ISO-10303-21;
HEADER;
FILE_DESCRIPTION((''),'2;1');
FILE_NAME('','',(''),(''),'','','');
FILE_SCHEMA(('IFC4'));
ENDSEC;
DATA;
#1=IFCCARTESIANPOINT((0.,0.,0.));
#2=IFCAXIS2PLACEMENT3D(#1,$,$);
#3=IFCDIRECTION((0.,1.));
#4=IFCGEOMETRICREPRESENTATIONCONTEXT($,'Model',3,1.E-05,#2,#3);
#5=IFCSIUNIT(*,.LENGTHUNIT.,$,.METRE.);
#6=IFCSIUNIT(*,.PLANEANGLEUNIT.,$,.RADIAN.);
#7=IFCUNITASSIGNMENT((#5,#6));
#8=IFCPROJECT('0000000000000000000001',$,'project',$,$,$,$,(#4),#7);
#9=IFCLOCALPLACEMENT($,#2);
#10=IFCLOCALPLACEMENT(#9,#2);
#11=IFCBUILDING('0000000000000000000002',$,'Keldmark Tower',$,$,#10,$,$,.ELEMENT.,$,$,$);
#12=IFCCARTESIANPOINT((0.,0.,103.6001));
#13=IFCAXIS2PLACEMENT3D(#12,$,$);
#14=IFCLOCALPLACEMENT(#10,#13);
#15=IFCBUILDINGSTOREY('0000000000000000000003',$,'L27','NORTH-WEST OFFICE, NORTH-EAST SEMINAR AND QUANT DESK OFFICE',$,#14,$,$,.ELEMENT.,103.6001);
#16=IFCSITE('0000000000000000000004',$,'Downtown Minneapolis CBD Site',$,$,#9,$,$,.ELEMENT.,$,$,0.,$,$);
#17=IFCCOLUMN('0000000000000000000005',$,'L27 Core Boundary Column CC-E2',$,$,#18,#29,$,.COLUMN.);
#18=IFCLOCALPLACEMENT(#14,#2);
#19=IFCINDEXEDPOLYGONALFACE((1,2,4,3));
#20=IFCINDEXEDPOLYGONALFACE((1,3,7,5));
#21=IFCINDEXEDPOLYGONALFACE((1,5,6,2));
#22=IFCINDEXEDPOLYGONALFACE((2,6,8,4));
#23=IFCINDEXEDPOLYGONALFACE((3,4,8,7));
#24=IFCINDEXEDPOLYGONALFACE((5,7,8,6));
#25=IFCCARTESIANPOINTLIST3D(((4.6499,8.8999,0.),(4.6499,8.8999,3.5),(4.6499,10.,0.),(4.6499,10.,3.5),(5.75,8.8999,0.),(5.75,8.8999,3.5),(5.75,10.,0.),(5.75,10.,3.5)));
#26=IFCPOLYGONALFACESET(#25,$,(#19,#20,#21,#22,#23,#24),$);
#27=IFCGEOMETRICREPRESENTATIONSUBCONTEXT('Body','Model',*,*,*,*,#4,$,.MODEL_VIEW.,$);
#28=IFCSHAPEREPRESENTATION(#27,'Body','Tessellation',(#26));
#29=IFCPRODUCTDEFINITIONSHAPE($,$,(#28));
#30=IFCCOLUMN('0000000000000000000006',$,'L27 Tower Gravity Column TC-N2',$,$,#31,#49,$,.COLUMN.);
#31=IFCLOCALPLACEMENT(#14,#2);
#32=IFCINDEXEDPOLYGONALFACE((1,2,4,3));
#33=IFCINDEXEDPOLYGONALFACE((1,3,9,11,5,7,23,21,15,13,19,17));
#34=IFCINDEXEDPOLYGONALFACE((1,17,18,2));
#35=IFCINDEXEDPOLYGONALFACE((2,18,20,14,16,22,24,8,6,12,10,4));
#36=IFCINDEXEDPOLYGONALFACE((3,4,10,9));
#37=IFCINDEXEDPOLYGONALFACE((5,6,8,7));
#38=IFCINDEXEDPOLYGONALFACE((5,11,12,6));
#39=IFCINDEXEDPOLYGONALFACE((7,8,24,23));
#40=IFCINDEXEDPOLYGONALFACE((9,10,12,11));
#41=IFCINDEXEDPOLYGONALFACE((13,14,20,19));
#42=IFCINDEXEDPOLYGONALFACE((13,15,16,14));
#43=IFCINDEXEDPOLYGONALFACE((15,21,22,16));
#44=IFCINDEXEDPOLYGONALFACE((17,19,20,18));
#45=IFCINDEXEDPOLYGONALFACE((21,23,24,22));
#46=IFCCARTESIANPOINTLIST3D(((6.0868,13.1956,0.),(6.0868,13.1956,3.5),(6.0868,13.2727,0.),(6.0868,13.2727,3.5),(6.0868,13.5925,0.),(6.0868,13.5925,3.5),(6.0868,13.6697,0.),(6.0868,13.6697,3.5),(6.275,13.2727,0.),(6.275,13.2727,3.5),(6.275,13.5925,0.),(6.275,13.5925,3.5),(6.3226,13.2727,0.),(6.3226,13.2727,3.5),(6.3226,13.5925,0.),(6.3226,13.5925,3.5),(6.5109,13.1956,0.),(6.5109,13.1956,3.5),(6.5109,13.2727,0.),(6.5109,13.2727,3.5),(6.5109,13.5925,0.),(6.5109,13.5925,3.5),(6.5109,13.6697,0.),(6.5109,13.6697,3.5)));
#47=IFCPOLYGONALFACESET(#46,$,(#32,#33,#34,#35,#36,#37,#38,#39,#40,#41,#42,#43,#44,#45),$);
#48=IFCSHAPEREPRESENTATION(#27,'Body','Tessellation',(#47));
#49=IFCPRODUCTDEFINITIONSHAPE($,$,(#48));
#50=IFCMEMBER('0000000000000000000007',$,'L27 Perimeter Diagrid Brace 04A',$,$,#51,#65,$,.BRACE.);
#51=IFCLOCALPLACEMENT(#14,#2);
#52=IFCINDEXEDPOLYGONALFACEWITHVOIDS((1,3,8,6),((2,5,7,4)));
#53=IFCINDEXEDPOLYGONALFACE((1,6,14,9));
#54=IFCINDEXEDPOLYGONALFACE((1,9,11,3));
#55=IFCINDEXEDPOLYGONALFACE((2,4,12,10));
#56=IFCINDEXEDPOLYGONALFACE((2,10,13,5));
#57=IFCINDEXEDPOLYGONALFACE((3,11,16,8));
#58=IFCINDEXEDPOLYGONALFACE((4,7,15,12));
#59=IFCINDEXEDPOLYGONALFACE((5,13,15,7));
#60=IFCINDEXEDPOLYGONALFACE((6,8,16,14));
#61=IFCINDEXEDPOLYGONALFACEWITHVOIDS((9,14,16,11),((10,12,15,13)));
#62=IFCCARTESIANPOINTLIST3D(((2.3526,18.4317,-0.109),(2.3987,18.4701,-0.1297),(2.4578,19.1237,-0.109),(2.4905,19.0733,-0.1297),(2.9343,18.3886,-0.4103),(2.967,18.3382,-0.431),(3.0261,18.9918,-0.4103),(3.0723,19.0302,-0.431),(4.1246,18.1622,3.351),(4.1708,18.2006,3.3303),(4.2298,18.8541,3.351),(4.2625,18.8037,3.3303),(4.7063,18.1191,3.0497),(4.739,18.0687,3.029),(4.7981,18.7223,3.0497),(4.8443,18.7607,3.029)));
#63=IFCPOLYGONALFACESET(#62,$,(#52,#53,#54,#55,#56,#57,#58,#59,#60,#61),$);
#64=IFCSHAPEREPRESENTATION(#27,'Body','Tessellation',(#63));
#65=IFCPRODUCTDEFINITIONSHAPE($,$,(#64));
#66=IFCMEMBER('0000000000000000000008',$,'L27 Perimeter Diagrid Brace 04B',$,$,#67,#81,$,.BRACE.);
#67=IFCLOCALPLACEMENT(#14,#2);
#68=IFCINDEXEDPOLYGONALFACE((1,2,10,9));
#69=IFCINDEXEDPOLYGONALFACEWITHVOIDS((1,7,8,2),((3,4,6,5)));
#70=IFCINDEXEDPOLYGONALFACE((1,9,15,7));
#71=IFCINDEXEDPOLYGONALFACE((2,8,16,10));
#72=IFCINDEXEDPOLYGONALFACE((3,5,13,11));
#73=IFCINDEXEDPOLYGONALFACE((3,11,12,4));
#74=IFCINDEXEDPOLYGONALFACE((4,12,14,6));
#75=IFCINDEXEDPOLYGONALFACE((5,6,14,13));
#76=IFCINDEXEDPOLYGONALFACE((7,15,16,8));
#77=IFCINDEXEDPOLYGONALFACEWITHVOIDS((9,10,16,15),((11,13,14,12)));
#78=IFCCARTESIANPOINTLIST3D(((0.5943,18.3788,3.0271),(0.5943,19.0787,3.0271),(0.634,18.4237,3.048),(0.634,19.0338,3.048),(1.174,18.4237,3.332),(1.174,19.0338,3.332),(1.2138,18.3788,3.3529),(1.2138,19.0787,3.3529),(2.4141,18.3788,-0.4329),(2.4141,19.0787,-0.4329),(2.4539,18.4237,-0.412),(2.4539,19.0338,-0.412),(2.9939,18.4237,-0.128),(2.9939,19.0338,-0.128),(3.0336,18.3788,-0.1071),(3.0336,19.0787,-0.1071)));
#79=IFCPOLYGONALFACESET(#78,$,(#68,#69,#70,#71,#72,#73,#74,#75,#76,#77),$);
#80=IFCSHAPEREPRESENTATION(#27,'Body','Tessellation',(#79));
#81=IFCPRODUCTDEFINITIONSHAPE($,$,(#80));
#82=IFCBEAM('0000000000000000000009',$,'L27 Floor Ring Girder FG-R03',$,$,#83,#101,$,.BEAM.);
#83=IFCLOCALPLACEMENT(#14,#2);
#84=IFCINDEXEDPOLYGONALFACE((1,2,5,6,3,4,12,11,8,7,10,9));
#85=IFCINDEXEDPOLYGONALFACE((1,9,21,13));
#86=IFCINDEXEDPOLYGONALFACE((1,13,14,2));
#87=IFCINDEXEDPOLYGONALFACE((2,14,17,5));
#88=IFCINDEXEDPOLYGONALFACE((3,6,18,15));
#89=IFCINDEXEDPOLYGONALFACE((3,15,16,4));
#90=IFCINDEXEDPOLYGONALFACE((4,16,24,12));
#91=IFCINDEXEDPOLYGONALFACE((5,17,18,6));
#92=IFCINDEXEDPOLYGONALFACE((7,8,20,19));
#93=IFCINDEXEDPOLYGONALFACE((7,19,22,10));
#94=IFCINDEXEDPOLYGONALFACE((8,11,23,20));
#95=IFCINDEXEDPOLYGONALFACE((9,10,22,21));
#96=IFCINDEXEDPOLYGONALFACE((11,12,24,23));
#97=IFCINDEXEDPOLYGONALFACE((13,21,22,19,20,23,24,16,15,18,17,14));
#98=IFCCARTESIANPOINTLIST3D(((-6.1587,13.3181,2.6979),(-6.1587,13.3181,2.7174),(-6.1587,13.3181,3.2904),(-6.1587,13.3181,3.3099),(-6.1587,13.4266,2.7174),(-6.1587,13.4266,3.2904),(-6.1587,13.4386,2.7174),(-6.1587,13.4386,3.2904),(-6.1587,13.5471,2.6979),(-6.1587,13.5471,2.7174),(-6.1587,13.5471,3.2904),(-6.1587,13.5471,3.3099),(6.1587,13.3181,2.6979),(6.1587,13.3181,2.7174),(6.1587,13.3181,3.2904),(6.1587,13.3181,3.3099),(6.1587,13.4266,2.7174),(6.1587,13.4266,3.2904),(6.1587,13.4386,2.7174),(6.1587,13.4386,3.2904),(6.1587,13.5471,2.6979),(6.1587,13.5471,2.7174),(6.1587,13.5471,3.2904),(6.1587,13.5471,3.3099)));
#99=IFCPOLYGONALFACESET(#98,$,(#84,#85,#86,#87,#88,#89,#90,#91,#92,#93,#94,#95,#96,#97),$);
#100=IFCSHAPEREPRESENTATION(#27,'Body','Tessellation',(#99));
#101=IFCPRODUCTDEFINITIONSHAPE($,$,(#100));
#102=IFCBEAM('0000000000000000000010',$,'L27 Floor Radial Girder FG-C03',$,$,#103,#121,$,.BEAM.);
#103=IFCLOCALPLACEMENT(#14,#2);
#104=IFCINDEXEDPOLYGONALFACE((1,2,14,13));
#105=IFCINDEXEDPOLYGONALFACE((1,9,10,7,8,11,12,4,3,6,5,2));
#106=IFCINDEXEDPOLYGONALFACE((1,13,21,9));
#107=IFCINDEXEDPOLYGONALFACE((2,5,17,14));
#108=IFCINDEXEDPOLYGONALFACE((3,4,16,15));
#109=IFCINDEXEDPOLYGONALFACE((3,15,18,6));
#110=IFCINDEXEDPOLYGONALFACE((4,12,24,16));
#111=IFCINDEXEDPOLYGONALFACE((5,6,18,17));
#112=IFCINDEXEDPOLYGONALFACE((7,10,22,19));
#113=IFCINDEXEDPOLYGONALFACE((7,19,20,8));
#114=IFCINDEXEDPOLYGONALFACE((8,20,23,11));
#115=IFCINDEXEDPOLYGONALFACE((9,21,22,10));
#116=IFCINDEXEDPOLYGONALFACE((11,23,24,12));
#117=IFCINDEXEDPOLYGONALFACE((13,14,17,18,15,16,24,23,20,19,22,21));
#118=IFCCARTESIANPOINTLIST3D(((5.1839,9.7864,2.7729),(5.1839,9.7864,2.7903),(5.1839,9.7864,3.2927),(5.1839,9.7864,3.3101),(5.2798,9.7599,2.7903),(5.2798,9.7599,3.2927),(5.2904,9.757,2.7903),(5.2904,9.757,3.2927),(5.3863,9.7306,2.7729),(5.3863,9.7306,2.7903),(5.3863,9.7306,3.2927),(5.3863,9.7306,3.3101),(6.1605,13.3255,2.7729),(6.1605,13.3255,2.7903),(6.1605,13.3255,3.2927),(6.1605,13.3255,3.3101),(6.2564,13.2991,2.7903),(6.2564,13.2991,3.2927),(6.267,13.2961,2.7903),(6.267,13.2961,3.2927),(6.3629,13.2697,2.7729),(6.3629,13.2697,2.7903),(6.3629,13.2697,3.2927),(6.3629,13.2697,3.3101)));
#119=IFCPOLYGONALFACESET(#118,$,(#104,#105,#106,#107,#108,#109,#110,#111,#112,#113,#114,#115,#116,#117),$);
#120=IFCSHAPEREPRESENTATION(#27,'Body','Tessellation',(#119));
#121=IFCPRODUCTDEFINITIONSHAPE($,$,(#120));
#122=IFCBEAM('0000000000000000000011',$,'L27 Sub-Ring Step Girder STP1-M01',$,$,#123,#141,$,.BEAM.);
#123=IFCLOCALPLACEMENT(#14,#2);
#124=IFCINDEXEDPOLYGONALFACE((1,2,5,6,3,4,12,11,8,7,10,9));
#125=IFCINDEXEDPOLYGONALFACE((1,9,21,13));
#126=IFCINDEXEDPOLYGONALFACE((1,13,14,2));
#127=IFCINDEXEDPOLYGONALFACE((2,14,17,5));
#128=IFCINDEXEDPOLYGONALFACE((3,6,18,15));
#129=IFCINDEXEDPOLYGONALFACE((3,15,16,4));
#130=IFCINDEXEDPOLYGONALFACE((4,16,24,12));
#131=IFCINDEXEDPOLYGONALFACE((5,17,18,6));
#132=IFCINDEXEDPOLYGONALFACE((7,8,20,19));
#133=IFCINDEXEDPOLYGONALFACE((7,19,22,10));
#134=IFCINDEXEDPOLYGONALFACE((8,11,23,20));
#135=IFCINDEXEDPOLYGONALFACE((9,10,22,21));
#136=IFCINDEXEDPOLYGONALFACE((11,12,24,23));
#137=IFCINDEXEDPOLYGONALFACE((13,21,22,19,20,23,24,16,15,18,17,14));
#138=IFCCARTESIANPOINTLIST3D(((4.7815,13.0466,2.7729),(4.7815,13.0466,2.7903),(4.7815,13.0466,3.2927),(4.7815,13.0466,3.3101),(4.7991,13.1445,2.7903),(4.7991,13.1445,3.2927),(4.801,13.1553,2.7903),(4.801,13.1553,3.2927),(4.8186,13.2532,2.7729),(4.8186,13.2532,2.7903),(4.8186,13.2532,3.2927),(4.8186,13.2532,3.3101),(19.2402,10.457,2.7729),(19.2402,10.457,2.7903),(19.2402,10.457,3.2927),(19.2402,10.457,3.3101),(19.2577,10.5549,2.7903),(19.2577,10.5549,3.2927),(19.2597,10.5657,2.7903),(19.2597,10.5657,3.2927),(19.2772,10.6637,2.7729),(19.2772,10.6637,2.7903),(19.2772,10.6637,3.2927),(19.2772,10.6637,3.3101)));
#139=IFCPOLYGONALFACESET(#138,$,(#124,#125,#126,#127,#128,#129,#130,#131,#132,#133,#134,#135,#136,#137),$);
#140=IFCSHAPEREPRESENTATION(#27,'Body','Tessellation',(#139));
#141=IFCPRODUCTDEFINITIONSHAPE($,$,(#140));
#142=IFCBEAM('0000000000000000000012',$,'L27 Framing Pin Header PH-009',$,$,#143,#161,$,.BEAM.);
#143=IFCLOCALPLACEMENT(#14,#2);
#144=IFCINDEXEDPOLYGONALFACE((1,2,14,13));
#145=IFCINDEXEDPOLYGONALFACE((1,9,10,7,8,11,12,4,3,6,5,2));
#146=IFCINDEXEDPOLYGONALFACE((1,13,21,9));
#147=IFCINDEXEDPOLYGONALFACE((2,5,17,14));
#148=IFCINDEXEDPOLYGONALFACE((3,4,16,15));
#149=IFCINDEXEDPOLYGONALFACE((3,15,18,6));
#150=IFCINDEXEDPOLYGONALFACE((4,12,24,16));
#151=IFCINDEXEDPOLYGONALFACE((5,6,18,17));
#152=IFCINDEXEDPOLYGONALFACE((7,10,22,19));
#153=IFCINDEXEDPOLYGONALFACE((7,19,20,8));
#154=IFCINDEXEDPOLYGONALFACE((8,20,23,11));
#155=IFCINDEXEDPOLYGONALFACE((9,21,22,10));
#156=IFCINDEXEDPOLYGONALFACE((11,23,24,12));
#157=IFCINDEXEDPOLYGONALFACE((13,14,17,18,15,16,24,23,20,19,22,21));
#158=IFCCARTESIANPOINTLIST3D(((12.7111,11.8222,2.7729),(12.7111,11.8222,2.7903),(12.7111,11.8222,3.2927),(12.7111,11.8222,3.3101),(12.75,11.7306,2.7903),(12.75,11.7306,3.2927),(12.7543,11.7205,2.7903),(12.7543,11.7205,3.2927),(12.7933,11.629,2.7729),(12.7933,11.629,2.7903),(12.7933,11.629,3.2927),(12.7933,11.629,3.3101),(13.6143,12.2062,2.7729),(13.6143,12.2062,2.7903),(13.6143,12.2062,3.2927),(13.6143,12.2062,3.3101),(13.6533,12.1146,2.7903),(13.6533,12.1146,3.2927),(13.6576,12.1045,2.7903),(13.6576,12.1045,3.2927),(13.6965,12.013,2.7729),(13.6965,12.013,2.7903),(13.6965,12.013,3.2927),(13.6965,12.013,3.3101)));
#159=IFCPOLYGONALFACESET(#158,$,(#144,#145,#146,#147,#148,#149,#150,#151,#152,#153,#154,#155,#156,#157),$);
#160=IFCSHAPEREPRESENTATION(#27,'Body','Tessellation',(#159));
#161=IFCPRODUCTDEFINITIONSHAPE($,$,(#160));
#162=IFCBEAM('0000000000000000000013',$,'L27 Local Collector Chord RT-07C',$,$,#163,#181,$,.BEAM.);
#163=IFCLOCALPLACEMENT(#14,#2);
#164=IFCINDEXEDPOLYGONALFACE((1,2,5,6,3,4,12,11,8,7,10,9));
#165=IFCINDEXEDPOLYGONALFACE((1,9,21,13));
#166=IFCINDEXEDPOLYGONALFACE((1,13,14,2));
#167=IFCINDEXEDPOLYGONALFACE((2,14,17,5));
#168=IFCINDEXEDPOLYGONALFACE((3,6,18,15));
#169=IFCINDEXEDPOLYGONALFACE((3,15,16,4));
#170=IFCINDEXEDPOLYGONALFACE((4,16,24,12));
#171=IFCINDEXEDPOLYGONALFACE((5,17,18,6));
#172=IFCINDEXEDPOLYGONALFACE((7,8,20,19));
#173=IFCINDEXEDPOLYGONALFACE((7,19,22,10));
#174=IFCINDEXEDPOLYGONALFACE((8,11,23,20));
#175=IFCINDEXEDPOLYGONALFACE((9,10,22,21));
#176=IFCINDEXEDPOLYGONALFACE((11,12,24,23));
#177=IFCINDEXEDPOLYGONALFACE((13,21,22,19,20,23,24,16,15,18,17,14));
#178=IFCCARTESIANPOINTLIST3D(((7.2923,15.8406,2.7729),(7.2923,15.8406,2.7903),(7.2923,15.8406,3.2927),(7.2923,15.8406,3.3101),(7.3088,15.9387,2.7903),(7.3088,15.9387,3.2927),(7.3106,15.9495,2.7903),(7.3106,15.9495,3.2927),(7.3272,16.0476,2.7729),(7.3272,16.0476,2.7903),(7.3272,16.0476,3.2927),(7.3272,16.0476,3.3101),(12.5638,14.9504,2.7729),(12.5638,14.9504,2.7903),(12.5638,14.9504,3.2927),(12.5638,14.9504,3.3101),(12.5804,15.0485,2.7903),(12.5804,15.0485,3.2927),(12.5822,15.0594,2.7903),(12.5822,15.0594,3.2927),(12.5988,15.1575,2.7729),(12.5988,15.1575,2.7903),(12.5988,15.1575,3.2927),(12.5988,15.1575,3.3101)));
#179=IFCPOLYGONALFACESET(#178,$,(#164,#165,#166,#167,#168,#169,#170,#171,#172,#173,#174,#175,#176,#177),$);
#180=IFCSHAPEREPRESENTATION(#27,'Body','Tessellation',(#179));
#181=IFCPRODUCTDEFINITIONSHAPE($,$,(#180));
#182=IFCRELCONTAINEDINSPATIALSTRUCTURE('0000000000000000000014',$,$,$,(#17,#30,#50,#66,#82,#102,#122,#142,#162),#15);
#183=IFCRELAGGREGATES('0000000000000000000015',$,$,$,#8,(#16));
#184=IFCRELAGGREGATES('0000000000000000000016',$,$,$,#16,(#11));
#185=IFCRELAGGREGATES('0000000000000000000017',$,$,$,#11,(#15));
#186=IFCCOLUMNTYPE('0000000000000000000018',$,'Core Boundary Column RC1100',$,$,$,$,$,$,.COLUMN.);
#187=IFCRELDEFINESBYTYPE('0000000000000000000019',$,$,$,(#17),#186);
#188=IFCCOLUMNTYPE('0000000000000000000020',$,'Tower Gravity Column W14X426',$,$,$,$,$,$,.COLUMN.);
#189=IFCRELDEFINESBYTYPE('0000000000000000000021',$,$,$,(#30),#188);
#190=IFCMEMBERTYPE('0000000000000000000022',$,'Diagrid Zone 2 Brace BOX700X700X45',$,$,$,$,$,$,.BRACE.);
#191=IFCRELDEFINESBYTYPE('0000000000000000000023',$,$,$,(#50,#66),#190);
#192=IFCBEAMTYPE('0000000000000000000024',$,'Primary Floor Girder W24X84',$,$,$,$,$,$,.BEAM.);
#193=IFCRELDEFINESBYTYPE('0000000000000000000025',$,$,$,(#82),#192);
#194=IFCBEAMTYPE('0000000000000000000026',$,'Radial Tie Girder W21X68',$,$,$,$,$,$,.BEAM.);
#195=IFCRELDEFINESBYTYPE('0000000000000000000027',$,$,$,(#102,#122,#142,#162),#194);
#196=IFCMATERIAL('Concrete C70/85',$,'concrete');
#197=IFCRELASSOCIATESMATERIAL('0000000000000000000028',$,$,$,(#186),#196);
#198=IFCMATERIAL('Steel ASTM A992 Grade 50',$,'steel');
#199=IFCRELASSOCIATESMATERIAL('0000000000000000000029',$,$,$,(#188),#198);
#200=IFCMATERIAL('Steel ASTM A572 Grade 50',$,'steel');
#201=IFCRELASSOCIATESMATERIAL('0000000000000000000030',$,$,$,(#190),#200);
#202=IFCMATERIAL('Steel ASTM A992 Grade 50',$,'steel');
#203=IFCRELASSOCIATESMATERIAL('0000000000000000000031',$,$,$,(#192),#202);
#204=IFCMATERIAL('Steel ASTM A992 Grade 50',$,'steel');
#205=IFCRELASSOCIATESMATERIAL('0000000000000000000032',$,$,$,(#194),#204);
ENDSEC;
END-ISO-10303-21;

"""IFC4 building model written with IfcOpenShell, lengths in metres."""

from ifc_helpers import new_model, si_unit, direction, frame, origin, origin_2d, place, context, subcontext, project, spatial, rectangle, hollow_rectangle, i_section, extrude, material, material_profile, profile_set, type_object, element, save


model = new_model("IFC4")

# Units and contexts
model_context = context("Model", 3, precision=1e-05, world=origin(), true_north=direction((0.0, 1.0)))
body_context = subcontext(model_context, "Body", "Model", "MODEL_VIEW")
ifc_project = project(units=[si_unit("LENGTHUNIT", "METRE"), si_unit("PLANEANGLEUNIT", "RADIAN")], contexts=[model_context])

# Site, building, storey
site_placement = place(None, origin())
site = spatial("IfcSite", under=ifc_project, at=site_placement, Name="Downtown Minneapolis CBD Site", CompositionType="ELEMENT", RefElevation=0.0)
building_placement = place(site_placement, origin())
building = spatial("IfcBuilding", under=site, at=building_placement, Name="Keldmark Tower", CompositionType="ELEMENT")
storey_placement = place(building_placement, frame((0.0, 0.0, 103.6001)))
storey = spatial("IfcBuildingStorey", under=building, at=storey_placement, Name="L27", Description="NORTH-WEST OFFICE, NORTH-EAST SEMINAR AND QUANT DESK OFFICE", CompositionType="ELEMENT", Elevation=103.6001)

# Columns
ifc_material_1 = material(Name="Concrete C70/85", Category="concrete")
ifc_material_profile_1 = material_profile(ifc_material_1, rectangle(XDim=1.1001, YDim=1.1001, at=origin_2d()), Name="RC1100X1100")
ifc_profile_set_1 = profile_set([ifc_material_profile_1], Name="Concrete C70/85")
column_type_1 = type_object("IfcColumnType", Name="Core Boundary Column RC1100", PredefinedType="COLUMN", material=ifc_profile_set_1)
column_1_placement = place(storey_placement, frame((5.2, 9.45, 0.0), z_axis=(0.0, 0.0, 1.0), x_axis=(1.0, 0.0, 0.0)))
element("IfcColumn", 1, at=column_1_placement, inside=storey, type_object=column_type_1, Name="L27 Core Boundary Column CC-E2", PredefinedType="COLUMN", context=body_context, shape_type="SweptSolid", body=[
    extrude(rectangle(XDim=1.1001, YDim=1.1001, at=origin_2d()), origin(), (0.0, 0.0, 1.0), 3.5),
])
ifc_material_2 = material(Name="Steel ASTM A992 Grade 50", Category="steel")
ifc_material_profile_2 = material_profile(ifc_material_2, i_section(OverallWidth=0.4241, OverallDepth=0.4741, WebThickness=0.0476, FlangeThickness=0.0771, at=origin_2d()), Name="W14X426")
ifc_profile_set_2 = profile_set([ifc_material_profile_2], Name="Steel ASTM A992 Grade 50")
column_type_2 = type_object("IfcColumnType", Name="Tower Gravity Column W14X426", PredefinedType="COLUMN", material=ifc_profile_set_2)
column_2_placement = place(storey_placement, frame((6.2988, 13.4326, 0.0), z_axis=(0.0, 0.0, 1.0), x_axis=(1.0, 0.0, 0.0)))
element("IfcColumn", 2, at=column_2_placement, inside=storey, type_object=column_type_2, Name="L27 Tower Gravity Column TC-N2", PredefinedType="COLUMN", context=body_context, shape_type="SweptSolid", body=[
    extrude(i_section(OverallWidth=0.4241, OverallDepth=0.4741, WebThickness=0.0476, FlangeThickness=0.0771, at=origin_2d()), origin(), (0.0, 0.0, 1.0), 3.5),
])

# Members
ifc_material_3 = material(Name="Steel ASTM A572 Grade 50", Category="steel")
ifc_material_profile_3 = material_profile(ifc_material_3, hollow_rectangle(XDim=0.7, YDim=0.7, WallThickness=0.0449, at=origin_2d()), Name="BOX700X700X45")
ifc_profile_set_3 = profile_set([ifc_material_profile_3], Name="Steel ASTM A572 Grade 50")
member_type = type_object("IfcMemberType", Name="Diagrid Zone 2 Brace BOX700X700X45", PredefinedType="BRACE", material=ifc_profile_set_3)
member_1_placement = place(storey_placement, frame((2.7124, 18.731, -0.27), z_axis=(0.454743, -0.06917, 0.887933), x_axis=(0.150378, 0.988629, 0.0)))
element("IfcMember", 3, at=member_1_placement, inside=storey, type_object=member_type, Name="L27 Perimeter Diagrid Brace 04A", PredefinedType="BRACE", context=body_context, shape_type="SweptSolid", body=[
    extrude(hollow_rectangle(XDim=0.7, YDim=0.7, WallThickness=0.0449, at=origin_2d()), origin(), (0.0, 0.0, 1.0), 3.8967),
])
member_2_placement = place(storey_placement, frame((2.7239, 18.7288, -0.27), z_axis=(-0.465504, 0.0, 0.885046), x_axis=(0.0, -1.0, 0.0)))
element("IfcMember", 4, at=member_2_placement, inside=storey, type_object=member_type, Name="L27 Perimeter Diagrid Brace 04B", PredefinedType="BRACE", context=body_context, shape_type="SweptSolid", body=[
    extrude(hollow_rectangle(XDim=0.7, YDim=0.7, WallThickness=0.0449, at=origin_2d()), origin(), (0.0, 0.0, 1.0), 3.9094),
])

# Beams
ifc_material_4 = material(Name="Steel ASTM A992 Grade 50", Category="steel")
ifc_material_profile_4 = material_profile(ifc_material_4, i_section(OverallWidth=0.229, OverallDepth=0.6121, WebThickness=0.012, FlangeThickness=0.0195, at=origin_2d()), Name="W24X84")
ifc_profile_set_4 = profile_set([ifc_material_profile_4], Name="Steel ASTM A992 Grade 50")
beam_type_1 = type_object("IfcBeamType", Name="Primary Floor Girder W24X84", PredefinedType="BEAM", material=ifc_profile_set_4)
beam_1_placement = place(storey_placement, frame((6.1587, 13.4326, 3.0039), z_axis=(-1.0, 0.0, 0.0), x_axis=(0.0, -1.0, 0.0)))
element("IfcBeam", 5, at=beam_1_placement, inside=storey, type_object=beam_type_1, Name="L27 Floor Ring Girder FG-R03", PredefinedType="BEAM", context=body_context, shape_type="SweptSolid", body=[
    extrude(i_section(OverallWidth=0.229, OverallDepth=0.6121, WebThickness=0.012, FlangeThickness=0.0195, at=origin_2d()), origin(), (0.0, 0.0, 1.0), 12.3174),
])
ifc_material_5 = material(Name="Steel ASTM A992 Grade 50", Category="steel")
ifc_material_profile_5 = material_profile(ifc_material_5, i_section(OverallWidth=0.21, OverallDepth=0.5371, WebThickness=0.011, FlangeThickness=0.0173, at=origin_2d()), Name="W21X68")
ifc_profile_set_5 = profile_set([ifc_material_profile_5], Name="Steel ASTM A992 Grade 50")
beam_type_2 = type_object("IfcBeamType", Name="Radial Tie Girder W21X68", PredefinedType="BEAM", material=ifc_profile_set_5)
beam_2_placement = place(storey_placement, frame((6.2617, 13.2976, 3.0415), z_axis=(-0.265997, -0.963974, 0.0), x_axis=(0.963974, -0.265997, 0.0)))
element("IfcBeam", 6, at=beam_2_placement, inside=storey, type_object=beam_type_2, Name="L27 Floor Radial Girder FG-C03", PredefinedType="BEAM", context=body_context, shape_type="SweptSolid", body=[
    extrude(i_section(OverallWidth=0.21, OverallDepth=0.5371, WebThickness=0.011, FlangeThickness=0.0173, at=origin_2d()), origin(), (0.0, 0.0, 1.0), 3.6714),
])
beam_3_placement = place(storey_placement, frame((4.8, 13.1499, 3.0415), z_axis=(0.984337, -0.176297, 0.0), x_axis=(0.176297, 0.984337, 0.0)))
element("IfcBeam", 7, at=beam_3_placement, inside=storey, type_object=beam_type_2, Name="L27 Sub-Ring Step Girder STP1-M01", PredefinedType="BEAM", context=body_context, shape_type="SweptSolid", body=[
    extrude(i_section(OverallWidth=0.21, OverallDepth=0.5371, WebThickness=0.011, FlangeThickness=0.0173, at=origin_2d()), origin(), (0.0, 0.0, 1.0), 14.6887),
])
beam_4_placement = place(storey_placement, frame((12.7522, 11.7256, 3.0415), z_axis=(0.920286, 0.391246, 0.0), x_axis=(-0.391246, 0.920286, 0.0)))
element("IfcBeam", 8, at=beam_4_placement, inside=storey, type_object=beam_type_2, Name="L27 Framing Pin Header PH-009", PredefinedType="BEAM", context=body_context, shape_type="SweptSolid", body=[
    extrude(i_section(OverallWidth=0.21, OverallDepth=0.5371, WebThickness=0.011, FlangeThickness=0.0173, at=origin_2d()), origin(), (0.0, 0.0, 1.0), 0.9814),
])
beam_5_placement = place(storey_placement, frame((12.5813, 15.054, 3.0415), z_axis=(-0.986041, 0.166502, 0.0), x_axis=(-0.166502, -0.986041, 0.0)))
element("IfcBeam", 9, at=beam_5_placement, inside=storey, type_object=beam_type_2, Name="L27 Local Collector Chord RT-07C", PredefinedType="BEAM", context=body_context, shape_type="SweptSolid", body=[
    extrude(i_section(OverallWidth=0.21, OverallDepth=0.5371, WebThickness=0.011, FlangeThickness=0.0173, at=origin_2d()), origin(), (0.0, 0.0, 1.0), 5.3462),
])

save(model, "model.ifc")
